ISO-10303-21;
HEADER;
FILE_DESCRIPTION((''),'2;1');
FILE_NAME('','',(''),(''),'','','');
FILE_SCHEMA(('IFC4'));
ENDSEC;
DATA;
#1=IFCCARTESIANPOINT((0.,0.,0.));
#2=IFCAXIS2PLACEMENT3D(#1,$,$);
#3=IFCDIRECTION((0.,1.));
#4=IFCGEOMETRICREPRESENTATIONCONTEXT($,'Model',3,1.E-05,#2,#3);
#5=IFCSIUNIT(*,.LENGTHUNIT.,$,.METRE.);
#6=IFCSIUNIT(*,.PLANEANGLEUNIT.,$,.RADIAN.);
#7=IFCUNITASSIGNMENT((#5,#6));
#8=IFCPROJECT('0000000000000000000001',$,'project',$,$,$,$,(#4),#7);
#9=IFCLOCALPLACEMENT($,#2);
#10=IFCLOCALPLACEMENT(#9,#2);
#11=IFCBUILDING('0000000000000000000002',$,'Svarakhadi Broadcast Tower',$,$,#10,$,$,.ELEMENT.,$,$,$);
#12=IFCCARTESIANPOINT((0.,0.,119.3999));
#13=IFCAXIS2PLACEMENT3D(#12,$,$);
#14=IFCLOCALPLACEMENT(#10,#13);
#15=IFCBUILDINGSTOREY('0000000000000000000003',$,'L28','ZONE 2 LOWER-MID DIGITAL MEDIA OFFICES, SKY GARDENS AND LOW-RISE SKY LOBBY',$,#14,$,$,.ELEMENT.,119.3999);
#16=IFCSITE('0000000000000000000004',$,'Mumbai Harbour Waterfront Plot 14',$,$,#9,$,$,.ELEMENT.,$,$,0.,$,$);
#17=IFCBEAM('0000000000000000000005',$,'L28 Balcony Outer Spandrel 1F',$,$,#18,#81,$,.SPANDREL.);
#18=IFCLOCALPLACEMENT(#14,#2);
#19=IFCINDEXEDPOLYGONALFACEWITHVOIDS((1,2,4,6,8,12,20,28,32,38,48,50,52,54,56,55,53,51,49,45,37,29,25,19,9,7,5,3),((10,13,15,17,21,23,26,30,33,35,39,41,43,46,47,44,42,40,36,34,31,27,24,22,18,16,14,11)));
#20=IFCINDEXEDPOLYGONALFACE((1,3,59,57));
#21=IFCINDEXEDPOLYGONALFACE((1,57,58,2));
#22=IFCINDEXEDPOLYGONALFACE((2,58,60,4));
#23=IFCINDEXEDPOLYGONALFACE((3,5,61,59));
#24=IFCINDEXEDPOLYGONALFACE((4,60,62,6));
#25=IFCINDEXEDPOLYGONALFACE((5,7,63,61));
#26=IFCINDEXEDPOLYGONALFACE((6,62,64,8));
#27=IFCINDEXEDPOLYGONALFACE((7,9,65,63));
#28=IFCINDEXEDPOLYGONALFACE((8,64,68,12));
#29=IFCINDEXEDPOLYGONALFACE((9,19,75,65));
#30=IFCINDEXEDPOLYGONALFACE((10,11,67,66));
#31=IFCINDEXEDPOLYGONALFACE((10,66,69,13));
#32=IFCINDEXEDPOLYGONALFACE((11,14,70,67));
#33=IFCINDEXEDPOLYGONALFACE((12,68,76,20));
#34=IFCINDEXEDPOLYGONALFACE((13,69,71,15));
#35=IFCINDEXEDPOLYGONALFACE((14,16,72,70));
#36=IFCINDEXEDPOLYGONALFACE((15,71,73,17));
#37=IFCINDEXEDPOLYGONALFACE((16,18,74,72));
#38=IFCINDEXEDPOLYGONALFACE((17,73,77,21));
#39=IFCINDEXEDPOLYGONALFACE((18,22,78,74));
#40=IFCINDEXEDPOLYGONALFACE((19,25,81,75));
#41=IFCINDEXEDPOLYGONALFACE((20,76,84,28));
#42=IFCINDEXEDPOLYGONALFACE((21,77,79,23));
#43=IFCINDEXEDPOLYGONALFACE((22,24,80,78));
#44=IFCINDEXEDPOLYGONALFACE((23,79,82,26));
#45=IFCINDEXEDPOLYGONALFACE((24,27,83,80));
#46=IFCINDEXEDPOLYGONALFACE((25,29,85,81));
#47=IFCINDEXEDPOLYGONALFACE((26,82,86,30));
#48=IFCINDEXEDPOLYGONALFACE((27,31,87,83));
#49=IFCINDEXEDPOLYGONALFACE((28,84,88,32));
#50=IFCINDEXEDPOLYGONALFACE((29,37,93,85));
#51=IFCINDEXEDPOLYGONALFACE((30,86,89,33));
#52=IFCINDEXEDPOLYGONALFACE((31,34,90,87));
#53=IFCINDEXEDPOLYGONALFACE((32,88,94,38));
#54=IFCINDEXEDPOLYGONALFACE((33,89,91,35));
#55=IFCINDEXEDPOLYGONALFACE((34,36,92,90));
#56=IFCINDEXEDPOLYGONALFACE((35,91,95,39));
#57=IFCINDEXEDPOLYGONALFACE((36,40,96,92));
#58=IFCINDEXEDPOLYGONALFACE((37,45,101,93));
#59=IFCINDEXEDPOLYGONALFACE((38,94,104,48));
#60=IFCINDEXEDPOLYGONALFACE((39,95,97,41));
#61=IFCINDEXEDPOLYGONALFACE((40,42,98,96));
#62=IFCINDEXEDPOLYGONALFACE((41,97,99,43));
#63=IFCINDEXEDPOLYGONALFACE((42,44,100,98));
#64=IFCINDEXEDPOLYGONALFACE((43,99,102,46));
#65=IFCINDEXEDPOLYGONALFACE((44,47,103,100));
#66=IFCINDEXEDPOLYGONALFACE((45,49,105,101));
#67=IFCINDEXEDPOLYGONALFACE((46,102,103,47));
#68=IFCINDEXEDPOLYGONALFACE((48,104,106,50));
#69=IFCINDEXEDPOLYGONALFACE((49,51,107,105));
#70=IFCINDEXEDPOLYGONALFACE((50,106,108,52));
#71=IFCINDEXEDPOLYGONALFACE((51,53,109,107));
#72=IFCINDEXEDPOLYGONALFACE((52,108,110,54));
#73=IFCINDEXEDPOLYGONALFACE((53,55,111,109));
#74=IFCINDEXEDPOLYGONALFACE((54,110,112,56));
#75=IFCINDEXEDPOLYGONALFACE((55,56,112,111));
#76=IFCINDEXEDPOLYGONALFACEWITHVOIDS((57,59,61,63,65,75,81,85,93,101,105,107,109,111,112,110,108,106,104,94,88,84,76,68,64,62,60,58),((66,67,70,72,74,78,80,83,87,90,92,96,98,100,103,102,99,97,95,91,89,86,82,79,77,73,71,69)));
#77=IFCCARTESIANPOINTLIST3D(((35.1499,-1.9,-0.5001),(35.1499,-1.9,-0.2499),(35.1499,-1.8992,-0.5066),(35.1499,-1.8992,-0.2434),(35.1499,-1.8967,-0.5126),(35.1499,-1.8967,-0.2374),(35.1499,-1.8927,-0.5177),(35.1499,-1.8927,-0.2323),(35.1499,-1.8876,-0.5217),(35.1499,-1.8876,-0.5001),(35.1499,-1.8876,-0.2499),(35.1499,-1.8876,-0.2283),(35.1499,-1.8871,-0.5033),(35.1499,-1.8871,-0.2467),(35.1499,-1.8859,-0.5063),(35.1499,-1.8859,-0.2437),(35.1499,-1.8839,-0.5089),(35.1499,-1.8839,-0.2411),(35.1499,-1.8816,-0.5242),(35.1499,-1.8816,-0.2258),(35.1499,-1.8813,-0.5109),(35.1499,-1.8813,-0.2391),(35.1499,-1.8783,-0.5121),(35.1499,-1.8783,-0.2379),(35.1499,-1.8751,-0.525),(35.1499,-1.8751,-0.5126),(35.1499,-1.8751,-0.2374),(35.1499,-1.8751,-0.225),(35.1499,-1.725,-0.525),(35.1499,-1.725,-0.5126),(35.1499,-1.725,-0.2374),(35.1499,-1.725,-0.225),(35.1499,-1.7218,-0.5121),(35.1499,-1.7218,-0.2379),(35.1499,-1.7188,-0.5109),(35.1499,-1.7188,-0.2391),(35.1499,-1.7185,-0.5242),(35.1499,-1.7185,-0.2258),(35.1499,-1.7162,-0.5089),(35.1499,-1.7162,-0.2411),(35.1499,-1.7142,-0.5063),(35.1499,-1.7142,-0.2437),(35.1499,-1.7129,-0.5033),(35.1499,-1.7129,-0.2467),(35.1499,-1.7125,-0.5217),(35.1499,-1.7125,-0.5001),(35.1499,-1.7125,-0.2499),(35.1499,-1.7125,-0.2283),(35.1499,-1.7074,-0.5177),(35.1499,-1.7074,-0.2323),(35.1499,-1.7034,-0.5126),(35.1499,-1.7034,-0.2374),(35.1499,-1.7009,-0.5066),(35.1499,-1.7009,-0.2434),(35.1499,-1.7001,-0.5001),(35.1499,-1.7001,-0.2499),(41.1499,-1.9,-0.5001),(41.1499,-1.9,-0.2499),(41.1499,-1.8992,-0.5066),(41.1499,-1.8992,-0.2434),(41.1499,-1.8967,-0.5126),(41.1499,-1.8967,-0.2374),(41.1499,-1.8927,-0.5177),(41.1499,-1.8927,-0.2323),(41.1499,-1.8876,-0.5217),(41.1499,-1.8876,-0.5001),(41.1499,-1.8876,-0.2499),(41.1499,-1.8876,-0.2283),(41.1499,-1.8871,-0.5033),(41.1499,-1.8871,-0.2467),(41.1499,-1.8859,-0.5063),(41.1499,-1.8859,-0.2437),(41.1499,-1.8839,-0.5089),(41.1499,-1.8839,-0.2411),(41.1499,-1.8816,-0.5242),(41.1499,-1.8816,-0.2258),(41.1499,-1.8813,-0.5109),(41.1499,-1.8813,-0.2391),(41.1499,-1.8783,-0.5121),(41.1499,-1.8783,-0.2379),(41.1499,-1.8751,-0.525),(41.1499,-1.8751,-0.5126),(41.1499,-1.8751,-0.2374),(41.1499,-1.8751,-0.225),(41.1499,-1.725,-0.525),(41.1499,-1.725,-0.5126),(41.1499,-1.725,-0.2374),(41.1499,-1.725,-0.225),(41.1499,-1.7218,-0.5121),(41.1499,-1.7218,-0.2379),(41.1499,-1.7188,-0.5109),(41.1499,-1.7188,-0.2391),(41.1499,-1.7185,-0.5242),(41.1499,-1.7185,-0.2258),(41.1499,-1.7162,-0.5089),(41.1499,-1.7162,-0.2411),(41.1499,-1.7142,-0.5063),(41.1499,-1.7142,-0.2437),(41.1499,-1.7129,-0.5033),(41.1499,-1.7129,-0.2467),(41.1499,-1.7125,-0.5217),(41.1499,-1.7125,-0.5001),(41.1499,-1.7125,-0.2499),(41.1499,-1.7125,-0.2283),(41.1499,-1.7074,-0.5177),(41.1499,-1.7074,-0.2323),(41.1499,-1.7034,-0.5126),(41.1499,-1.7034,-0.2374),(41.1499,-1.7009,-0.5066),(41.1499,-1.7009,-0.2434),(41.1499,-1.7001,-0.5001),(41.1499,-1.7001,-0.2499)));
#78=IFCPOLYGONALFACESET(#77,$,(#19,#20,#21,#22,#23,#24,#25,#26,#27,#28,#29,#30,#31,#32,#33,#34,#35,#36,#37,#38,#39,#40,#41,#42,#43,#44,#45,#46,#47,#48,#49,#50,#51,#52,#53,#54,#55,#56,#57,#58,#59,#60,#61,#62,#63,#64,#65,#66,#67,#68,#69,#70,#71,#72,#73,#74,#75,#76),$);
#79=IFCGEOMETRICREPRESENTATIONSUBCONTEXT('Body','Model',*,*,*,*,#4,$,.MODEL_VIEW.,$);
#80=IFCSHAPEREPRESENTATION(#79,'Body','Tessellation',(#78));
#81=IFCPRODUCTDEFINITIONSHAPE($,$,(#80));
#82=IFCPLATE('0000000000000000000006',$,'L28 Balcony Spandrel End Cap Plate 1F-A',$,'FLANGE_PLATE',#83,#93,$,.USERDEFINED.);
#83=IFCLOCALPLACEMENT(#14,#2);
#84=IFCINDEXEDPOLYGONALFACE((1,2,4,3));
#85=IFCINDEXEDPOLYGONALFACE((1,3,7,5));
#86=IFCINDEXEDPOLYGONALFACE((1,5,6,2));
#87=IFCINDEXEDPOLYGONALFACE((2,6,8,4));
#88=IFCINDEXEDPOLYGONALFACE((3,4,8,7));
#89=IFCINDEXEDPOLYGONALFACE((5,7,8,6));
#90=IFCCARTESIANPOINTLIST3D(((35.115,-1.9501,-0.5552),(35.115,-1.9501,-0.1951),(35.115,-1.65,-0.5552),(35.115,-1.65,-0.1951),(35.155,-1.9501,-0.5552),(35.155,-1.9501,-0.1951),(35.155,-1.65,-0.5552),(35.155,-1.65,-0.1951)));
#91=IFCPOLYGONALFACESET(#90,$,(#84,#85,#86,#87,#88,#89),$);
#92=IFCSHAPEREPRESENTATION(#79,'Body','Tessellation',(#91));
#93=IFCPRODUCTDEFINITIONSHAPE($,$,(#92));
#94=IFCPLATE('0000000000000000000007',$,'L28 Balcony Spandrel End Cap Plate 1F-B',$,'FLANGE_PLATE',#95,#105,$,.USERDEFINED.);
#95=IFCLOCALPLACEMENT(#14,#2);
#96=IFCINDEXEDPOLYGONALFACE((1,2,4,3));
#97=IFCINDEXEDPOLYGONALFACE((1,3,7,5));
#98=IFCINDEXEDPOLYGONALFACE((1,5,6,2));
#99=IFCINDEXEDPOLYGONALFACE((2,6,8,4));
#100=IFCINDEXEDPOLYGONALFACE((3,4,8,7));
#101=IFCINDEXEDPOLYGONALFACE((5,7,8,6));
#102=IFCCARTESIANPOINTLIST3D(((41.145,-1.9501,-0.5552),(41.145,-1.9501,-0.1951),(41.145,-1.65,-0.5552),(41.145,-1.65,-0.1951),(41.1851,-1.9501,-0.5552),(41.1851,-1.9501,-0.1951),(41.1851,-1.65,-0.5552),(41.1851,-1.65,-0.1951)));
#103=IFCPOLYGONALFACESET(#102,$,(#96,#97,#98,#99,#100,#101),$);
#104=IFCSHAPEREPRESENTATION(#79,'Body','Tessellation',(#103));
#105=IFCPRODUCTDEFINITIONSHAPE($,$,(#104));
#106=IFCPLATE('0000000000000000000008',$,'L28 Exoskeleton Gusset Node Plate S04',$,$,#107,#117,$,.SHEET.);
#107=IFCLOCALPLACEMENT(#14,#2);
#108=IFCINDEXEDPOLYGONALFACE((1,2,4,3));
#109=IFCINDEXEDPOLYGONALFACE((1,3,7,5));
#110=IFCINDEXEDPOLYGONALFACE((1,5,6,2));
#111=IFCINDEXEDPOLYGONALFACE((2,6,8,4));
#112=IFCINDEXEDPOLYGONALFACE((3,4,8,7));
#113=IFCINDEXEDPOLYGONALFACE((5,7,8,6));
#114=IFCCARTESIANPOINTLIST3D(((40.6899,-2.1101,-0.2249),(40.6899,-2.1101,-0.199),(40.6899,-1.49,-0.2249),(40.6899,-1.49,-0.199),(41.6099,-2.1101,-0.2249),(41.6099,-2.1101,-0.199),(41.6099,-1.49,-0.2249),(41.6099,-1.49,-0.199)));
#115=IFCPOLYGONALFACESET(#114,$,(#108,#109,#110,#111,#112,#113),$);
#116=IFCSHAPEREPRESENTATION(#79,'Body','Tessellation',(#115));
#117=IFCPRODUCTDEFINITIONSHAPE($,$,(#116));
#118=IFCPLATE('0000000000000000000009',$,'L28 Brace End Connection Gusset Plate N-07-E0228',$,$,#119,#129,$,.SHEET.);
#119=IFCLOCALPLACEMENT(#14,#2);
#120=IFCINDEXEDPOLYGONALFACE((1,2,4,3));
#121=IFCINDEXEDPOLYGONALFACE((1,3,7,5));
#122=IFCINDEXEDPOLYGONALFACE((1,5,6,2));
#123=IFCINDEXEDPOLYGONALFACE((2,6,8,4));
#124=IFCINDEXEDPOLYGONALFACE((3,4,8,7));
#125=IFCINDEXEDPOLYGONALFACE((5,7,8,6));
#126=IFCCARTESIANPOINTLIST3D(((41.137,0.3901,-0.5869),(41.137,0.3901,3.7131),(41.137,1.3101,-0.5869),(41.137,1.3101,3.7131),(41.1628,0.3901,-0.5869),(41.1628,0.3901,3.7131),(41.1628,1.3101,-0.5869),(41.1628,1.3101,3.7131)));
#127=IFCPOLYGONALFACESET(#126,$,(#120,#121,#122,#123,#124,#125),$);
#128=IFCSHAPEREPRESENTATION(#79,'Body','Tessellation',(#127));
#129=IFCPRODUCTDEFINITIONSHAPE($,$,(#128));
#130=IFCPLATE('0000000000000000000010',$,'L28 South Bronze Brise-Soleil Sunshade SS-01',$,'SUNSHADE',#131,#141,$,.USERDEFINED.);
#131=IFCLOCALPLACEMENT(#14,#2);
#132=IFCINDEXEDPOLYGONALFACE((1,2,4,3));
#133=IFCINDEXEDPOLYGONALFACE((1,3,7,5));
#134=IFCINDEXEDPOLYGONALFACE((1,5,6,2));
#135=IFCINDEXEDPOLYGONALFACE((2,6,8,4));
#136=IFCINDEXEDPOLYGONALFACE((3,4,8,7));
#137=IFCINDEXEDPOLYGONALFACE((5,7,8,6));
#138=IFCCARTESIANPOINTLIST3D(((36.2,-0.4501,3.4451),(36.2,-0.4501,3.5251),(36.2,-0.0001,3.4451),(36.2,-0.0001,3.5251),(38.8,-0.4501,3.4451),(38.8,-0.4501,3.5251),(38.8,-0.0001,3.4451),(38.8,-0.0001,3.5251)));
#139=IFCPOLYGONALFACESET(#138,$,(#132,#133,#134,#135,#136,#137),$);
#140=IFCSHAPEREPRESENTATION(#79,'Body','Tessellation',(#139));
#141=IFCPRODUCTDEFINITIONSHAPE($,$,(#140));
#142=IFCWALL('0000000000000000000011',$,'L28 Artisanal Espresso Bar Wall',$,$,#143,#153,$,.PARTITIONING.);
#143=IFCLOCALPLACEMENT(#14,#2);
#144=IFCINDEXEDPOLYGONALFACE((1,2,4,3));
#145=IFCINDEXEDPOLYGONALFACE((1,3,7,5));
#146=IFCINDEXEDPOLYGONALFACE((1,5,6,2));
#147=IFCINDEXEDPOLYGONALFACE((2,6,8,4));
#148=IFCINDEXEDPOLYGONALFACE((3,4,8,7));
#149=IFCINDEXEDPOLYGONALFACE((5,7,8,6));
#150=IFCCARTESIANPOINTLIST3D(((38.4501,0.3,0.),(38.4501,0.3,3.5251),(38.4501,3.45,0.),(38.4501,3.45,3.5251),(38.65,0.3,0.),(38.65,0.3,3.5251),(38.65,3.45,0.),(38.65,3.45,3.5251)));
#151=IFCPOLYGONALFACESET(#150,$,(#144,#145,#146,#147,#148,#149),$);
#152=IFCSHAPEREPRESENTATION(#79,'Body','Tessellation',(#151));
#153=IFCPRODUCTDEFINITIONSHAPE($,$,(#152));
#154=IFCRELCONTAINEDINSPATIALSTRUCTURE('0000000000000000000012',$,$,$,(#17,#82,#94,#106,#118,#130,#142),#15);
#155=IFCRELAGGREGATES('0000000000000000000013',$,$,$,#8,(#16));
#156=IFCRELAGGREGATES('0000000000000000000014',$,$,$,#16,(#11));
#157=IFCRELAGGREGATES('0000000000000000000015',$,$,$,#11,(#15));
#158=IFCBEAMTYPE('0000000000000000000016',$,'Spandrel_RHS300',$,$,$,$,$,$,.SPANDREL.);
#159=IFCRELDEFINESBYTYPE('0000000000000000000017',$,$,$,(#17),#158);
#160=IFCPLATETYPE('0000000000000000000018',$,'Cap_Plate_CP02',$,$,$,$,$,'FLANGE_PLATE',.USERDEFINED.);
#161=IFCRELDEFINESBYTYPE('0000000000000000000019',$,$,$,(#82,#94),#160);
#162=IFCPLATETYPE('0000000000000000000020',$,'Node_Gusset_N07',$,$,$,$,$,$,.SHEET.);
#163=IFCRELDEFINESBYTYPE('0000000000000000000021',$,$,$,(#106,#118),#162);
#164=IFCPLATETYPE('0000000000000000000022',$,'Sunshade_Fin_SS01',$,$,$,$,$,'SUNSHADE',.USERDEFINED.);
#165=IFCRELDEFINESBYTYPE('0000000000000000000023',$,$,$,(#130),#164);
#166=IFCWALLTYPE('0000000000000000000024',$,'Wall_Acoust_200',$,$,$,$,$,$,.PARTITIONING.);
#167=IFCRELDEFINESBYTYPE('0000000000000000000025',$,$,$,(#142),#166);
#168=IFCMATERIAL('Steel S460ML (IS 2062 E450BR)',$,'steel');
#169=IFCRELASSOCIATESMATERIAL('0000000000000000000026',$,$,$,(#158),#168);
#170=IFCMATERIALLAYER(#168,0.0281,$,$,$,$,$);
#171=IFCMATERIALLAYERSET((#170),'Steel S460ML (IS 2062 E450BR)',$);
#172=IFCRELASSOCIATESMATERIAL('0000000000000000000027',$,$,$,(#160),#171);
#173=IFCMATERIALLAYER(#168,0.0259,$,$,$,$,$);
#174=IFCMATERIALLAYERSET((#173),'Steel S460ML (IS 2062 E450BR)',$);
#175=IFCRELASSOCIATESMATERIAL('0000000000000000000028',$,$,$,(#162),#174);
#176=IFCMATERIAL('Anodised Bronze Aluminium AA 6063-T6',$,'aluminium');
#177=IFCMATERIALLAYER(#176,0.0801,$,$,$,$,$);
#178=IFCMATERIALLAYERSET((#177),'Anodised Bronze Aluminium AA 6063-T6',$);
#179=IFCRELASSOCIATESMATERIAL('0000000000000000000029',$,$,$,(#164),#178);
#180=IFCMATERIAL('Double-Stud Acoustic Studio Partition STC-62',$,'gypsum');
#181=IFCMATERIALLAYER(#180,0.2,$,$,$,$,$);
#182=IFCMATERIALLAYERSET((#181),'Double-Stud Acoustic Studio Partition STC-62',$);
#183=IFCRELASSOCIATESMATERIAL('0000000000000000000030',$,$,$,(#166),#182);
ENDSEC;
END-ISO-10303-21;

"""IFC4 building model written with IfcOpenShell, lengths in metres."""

from ifc_helpers import new_model, si_unit, direction, frame, frame_2d, origin, origin_2d, place, context, subcontext, project, spatial, rectangle, hollow_rectangle, extrude, material, layer, layer_set, material_profile, profile_set, type_object, element, save


model = new_model("IFC4")

# Units and contexts
model_context = context("Model", 3, precision=1e-05, world=origin(), true_north=direction((0.0, 1.0)))
body_context = subcontext(model_context, "Body", "Model", "MODEL_VIEW")
ifc_project = project(units=[si_unit("LENGTHUNIT", "METRE"), si_unit("PLANEANGLEUNIT", "RADIAN")], contexts=[model_context])

# Site, building, storey
site_placement = place(None, origin())
site = spatial("IfcSite", under=ifc_project, at=site_placement, Name="Mumbai Harbour Waterfront Plot 14", CompositionType="ELEMENT", RefElevation=0.0)
building_placement = place(site_placement, origin())
building = spatial("IfcBuilding", under=site, at=building_placement, Name="Svarakhadi Broadcast Tower", CompositionType="ELEMENT")
storey_placement = place(building_placement, frame((0.0, 0.0, 119.3999)))
storey = spatial("IfcBuildingStorey", under=building, at=storey_placement, Name="L28", Description="ZONE 2 LOWER-MID DIGITAL MEDIA OFFICES, SKY GARDENS AND LOW-RISE SKY LOBBY", CompositionType="ELEMENT", Elevation=119.3999)

# Shared definitions
ifc_material_1 = material(Name="Steel S460ML (IS 2062 E450BR)", Category="steel")

# Beam
ifc_material_profile_1 = material_profile(ifc_material_1, hollow_rectangle(XDim=0.2, YDim=0.3, WallThickness=0.0125, InnerFilletRadius=0.0125, OuterFilletRadius=0.0249, at=origin_2d()), Name="RHS 300x200x12.5")
ifc_profile_set_1 = profile_set([ifc_material_profile_1], Name="Steel S460ML (IS 2062 E450BR)")
beam_type_1 = type_object("IfcBeamType", Name="Spandrel_RHS300", PredefinedType="SPANDREL", material=ifc_profile_set_1)
beam_1_placement = place(storey_placement, frame((35.1499, -1.8, -0.375), z_axis=(1.0, 0.0, 0.0), x_axis=(0.0, 1.0, 0.0)))
element("IfcBeam", 1, at=beam_1_placement, inside=storey, type_object=beam_type_1, Name="L28 Balcony Outer Spandrel 1F", PredefinedType="SPANDREL", context=body_context, shape_type="SweptSolid", body=[
    extrude(hollow_rectangle(XDim=0.2, YDim=0.3, WallThickness=0.0125, InnerFilletRadius=0.0125, OuterFilletRadius=0.0249, at=origin_2d()), origin(), (0.0, 0.0, 1.0), 6.0),
])

# Plates
ifc_layer_1 = layer(ifc_material_1, 0.0281)
ifc_layer_set_1 = layer_set([ifc_layer_1], Name="Steel S460ML (IS 2062 E450BR)")
plate_type_1 = type_object("IfcPlateType", Name="Cap_Plate_CP02", ElementType="FLANGE_PLATE", PredefinedType="USERDEFINED", material=ifc_layer_set_1)
for number, where, z_axis, x_axis, name in (
    (2, (35.135, -1.8, -0.5552), (0.0, 0.0, 1.0), (1.0, 0.0, 0.0), "L28 Balcony Spandrel End Cap Plate 1F-A"),
    (3, (41.165, -1.8, -0.5552), (0.0, 0.0, 1.0), (1.0, 0.0, 0.0), "L28 Balcony Spandrel End Cap Plate 1F-B"),
):
    element("IfcPlate", number, at=place(storey_placement, frame(where, z_axis=z_axis, x_axis=x_axis)), inside=storey, type_object=plate_type_1, Name=name, ObjectType="FLANGE_PLATE", PredefinedType="USERDEFINED", context=body_context, shape_type="SweptSolid", body=[
        extrude(rectangle(XDim=0.04, YDim=0.3, at=origin_2d()), origin(), (0.0, 0.0, 1.0), 0.3601),
    ])
ifc_layer_2 = layer(ifc_material_1, 0.0259)
ifc_layer_set_2 = layer_set([ifc_layer_2], Name="Steel S460ML (IS 2062 E450BR)")
plate_type_2 = type_object("IfcPlateType", Name="Node_Gusset_N07", PredefinedType="SHEET", material=ifc_layer_set_2)
plate_1_placement = place(storey_placement, frame((41.1499, -1.8, -0.2249), z_axis=(0.0, 0.0, 1.0), x_axis=(1.0, 0.0, 0.0)))
element("IfcPlate", 4, at=plate_1_placement, inside=storey, type_object=plate_type_2, Name="L28 Exoskeleton Gusset Node Plate S04", PredefinedType="SHEET", context=body_context, shape_type="SweptSolid", body=[
    extrude(rectangle(XDim=0.9199, YDim=0.6201, at=origin_2d()), origin(), (0.0, 0.0, 1.0), 0.0259),
])
plate_2_placement = place(storey_placement, frame((41.1499, 0.8501, -0.5869), z_axis=(0.0, 0.0, 1.0), x_axis=(0.0, 1.0, 0.0)))
element("IfcPlate", 5, at=plate_2_placement, inside=storey, type_object=plate_type_2, Name="L28 Brace End Connection Gusset Plate N-07-E0228", PredefinedType="SHEET", context=body_context, shape_type="SweptSolid", body=[
    extrude(rectangle(XDim=0.9199, YDim=0.0259, at=origin_2d()), origin(), (0.0, 0.0, 1.0), 4.3),
])
ifc_material_2 = material(Name="Anodised Bronze Aluminium AA 6063-T6", Category="aluminium")
ifc_layer_3 = layer(ifc_material_2, 0.0801)
ifc_layer_set_3 = layer_set([ifc_layer_3], Name="Anodised Bronze Aluminium AA 6063-T6")
plate_type_3 = type_object("IfcPlateType", Name="Sunshade_Fin_SS01", ElementType="SUNSHADE", PredefinedType="USERDEFINED", material=ifc_layer_set_3)
plate_3_placement = place(storey_placement, frame((37.5, -0.2251, 3.4451), z_axis=(0.0, 0.0, 1.0), x_axis=(1.0, 0.0, 0.0)))
element("IfcPlate", 6, at=plate_3_placement, inside=storey, type_object=plate_type_3, Name="L28 South Bronze Brise-Soleil Sunshade SS-01", ObjectType="SUNSHADE", PredefinedType="USERDEFINED", context=body_context, shape_type="SweptSolid", body=[
    extrude(rectangle(XDim=2.6001, YDim=0.45, at=origin_2d()), origin(), (0.0, 0.0, 1.0), 0.0801),
])

# Wall
ifc_material_3 = material(Name="Double-Stud Acoustic Studio Partition STC-62", Category="gypsum")
ifc_layer_4 = layer(ifc_material_3, 0.2)
ifc_layer_set_4 = layer_set([ifc_layer_4], Name="Double-Stud Acoustic Studio Partition STC-62")
wall_type = type_object("IfcWallType", Name="Wall_Acoust_200", PredefinedType="PARTITIONING", material=ifc_layer_set_4)
wall_placement = place(storey_placement, frame((38.55, 0.3, 0.0), z_axis=(0.0, 0.0, 1.0), x_axis=(0.0, 1.0, 0.0)))
element("IfcWall", 7, at=wall_placement, inside=storey, type_object=wall_type, Name="L28 Artisanal Espresso Bar Wall", PredefinedType="PARTITIONING", context=body_context, shape_type="SweptSolid", body=[
    extrude(rectangle(XDim=3.1499, YDim=0.2, at=frame_2d((1.575, 0.0))), origin(), (0.0, 0.0, 1.0), 3.5251),
])

save(model, "model.ifc")
